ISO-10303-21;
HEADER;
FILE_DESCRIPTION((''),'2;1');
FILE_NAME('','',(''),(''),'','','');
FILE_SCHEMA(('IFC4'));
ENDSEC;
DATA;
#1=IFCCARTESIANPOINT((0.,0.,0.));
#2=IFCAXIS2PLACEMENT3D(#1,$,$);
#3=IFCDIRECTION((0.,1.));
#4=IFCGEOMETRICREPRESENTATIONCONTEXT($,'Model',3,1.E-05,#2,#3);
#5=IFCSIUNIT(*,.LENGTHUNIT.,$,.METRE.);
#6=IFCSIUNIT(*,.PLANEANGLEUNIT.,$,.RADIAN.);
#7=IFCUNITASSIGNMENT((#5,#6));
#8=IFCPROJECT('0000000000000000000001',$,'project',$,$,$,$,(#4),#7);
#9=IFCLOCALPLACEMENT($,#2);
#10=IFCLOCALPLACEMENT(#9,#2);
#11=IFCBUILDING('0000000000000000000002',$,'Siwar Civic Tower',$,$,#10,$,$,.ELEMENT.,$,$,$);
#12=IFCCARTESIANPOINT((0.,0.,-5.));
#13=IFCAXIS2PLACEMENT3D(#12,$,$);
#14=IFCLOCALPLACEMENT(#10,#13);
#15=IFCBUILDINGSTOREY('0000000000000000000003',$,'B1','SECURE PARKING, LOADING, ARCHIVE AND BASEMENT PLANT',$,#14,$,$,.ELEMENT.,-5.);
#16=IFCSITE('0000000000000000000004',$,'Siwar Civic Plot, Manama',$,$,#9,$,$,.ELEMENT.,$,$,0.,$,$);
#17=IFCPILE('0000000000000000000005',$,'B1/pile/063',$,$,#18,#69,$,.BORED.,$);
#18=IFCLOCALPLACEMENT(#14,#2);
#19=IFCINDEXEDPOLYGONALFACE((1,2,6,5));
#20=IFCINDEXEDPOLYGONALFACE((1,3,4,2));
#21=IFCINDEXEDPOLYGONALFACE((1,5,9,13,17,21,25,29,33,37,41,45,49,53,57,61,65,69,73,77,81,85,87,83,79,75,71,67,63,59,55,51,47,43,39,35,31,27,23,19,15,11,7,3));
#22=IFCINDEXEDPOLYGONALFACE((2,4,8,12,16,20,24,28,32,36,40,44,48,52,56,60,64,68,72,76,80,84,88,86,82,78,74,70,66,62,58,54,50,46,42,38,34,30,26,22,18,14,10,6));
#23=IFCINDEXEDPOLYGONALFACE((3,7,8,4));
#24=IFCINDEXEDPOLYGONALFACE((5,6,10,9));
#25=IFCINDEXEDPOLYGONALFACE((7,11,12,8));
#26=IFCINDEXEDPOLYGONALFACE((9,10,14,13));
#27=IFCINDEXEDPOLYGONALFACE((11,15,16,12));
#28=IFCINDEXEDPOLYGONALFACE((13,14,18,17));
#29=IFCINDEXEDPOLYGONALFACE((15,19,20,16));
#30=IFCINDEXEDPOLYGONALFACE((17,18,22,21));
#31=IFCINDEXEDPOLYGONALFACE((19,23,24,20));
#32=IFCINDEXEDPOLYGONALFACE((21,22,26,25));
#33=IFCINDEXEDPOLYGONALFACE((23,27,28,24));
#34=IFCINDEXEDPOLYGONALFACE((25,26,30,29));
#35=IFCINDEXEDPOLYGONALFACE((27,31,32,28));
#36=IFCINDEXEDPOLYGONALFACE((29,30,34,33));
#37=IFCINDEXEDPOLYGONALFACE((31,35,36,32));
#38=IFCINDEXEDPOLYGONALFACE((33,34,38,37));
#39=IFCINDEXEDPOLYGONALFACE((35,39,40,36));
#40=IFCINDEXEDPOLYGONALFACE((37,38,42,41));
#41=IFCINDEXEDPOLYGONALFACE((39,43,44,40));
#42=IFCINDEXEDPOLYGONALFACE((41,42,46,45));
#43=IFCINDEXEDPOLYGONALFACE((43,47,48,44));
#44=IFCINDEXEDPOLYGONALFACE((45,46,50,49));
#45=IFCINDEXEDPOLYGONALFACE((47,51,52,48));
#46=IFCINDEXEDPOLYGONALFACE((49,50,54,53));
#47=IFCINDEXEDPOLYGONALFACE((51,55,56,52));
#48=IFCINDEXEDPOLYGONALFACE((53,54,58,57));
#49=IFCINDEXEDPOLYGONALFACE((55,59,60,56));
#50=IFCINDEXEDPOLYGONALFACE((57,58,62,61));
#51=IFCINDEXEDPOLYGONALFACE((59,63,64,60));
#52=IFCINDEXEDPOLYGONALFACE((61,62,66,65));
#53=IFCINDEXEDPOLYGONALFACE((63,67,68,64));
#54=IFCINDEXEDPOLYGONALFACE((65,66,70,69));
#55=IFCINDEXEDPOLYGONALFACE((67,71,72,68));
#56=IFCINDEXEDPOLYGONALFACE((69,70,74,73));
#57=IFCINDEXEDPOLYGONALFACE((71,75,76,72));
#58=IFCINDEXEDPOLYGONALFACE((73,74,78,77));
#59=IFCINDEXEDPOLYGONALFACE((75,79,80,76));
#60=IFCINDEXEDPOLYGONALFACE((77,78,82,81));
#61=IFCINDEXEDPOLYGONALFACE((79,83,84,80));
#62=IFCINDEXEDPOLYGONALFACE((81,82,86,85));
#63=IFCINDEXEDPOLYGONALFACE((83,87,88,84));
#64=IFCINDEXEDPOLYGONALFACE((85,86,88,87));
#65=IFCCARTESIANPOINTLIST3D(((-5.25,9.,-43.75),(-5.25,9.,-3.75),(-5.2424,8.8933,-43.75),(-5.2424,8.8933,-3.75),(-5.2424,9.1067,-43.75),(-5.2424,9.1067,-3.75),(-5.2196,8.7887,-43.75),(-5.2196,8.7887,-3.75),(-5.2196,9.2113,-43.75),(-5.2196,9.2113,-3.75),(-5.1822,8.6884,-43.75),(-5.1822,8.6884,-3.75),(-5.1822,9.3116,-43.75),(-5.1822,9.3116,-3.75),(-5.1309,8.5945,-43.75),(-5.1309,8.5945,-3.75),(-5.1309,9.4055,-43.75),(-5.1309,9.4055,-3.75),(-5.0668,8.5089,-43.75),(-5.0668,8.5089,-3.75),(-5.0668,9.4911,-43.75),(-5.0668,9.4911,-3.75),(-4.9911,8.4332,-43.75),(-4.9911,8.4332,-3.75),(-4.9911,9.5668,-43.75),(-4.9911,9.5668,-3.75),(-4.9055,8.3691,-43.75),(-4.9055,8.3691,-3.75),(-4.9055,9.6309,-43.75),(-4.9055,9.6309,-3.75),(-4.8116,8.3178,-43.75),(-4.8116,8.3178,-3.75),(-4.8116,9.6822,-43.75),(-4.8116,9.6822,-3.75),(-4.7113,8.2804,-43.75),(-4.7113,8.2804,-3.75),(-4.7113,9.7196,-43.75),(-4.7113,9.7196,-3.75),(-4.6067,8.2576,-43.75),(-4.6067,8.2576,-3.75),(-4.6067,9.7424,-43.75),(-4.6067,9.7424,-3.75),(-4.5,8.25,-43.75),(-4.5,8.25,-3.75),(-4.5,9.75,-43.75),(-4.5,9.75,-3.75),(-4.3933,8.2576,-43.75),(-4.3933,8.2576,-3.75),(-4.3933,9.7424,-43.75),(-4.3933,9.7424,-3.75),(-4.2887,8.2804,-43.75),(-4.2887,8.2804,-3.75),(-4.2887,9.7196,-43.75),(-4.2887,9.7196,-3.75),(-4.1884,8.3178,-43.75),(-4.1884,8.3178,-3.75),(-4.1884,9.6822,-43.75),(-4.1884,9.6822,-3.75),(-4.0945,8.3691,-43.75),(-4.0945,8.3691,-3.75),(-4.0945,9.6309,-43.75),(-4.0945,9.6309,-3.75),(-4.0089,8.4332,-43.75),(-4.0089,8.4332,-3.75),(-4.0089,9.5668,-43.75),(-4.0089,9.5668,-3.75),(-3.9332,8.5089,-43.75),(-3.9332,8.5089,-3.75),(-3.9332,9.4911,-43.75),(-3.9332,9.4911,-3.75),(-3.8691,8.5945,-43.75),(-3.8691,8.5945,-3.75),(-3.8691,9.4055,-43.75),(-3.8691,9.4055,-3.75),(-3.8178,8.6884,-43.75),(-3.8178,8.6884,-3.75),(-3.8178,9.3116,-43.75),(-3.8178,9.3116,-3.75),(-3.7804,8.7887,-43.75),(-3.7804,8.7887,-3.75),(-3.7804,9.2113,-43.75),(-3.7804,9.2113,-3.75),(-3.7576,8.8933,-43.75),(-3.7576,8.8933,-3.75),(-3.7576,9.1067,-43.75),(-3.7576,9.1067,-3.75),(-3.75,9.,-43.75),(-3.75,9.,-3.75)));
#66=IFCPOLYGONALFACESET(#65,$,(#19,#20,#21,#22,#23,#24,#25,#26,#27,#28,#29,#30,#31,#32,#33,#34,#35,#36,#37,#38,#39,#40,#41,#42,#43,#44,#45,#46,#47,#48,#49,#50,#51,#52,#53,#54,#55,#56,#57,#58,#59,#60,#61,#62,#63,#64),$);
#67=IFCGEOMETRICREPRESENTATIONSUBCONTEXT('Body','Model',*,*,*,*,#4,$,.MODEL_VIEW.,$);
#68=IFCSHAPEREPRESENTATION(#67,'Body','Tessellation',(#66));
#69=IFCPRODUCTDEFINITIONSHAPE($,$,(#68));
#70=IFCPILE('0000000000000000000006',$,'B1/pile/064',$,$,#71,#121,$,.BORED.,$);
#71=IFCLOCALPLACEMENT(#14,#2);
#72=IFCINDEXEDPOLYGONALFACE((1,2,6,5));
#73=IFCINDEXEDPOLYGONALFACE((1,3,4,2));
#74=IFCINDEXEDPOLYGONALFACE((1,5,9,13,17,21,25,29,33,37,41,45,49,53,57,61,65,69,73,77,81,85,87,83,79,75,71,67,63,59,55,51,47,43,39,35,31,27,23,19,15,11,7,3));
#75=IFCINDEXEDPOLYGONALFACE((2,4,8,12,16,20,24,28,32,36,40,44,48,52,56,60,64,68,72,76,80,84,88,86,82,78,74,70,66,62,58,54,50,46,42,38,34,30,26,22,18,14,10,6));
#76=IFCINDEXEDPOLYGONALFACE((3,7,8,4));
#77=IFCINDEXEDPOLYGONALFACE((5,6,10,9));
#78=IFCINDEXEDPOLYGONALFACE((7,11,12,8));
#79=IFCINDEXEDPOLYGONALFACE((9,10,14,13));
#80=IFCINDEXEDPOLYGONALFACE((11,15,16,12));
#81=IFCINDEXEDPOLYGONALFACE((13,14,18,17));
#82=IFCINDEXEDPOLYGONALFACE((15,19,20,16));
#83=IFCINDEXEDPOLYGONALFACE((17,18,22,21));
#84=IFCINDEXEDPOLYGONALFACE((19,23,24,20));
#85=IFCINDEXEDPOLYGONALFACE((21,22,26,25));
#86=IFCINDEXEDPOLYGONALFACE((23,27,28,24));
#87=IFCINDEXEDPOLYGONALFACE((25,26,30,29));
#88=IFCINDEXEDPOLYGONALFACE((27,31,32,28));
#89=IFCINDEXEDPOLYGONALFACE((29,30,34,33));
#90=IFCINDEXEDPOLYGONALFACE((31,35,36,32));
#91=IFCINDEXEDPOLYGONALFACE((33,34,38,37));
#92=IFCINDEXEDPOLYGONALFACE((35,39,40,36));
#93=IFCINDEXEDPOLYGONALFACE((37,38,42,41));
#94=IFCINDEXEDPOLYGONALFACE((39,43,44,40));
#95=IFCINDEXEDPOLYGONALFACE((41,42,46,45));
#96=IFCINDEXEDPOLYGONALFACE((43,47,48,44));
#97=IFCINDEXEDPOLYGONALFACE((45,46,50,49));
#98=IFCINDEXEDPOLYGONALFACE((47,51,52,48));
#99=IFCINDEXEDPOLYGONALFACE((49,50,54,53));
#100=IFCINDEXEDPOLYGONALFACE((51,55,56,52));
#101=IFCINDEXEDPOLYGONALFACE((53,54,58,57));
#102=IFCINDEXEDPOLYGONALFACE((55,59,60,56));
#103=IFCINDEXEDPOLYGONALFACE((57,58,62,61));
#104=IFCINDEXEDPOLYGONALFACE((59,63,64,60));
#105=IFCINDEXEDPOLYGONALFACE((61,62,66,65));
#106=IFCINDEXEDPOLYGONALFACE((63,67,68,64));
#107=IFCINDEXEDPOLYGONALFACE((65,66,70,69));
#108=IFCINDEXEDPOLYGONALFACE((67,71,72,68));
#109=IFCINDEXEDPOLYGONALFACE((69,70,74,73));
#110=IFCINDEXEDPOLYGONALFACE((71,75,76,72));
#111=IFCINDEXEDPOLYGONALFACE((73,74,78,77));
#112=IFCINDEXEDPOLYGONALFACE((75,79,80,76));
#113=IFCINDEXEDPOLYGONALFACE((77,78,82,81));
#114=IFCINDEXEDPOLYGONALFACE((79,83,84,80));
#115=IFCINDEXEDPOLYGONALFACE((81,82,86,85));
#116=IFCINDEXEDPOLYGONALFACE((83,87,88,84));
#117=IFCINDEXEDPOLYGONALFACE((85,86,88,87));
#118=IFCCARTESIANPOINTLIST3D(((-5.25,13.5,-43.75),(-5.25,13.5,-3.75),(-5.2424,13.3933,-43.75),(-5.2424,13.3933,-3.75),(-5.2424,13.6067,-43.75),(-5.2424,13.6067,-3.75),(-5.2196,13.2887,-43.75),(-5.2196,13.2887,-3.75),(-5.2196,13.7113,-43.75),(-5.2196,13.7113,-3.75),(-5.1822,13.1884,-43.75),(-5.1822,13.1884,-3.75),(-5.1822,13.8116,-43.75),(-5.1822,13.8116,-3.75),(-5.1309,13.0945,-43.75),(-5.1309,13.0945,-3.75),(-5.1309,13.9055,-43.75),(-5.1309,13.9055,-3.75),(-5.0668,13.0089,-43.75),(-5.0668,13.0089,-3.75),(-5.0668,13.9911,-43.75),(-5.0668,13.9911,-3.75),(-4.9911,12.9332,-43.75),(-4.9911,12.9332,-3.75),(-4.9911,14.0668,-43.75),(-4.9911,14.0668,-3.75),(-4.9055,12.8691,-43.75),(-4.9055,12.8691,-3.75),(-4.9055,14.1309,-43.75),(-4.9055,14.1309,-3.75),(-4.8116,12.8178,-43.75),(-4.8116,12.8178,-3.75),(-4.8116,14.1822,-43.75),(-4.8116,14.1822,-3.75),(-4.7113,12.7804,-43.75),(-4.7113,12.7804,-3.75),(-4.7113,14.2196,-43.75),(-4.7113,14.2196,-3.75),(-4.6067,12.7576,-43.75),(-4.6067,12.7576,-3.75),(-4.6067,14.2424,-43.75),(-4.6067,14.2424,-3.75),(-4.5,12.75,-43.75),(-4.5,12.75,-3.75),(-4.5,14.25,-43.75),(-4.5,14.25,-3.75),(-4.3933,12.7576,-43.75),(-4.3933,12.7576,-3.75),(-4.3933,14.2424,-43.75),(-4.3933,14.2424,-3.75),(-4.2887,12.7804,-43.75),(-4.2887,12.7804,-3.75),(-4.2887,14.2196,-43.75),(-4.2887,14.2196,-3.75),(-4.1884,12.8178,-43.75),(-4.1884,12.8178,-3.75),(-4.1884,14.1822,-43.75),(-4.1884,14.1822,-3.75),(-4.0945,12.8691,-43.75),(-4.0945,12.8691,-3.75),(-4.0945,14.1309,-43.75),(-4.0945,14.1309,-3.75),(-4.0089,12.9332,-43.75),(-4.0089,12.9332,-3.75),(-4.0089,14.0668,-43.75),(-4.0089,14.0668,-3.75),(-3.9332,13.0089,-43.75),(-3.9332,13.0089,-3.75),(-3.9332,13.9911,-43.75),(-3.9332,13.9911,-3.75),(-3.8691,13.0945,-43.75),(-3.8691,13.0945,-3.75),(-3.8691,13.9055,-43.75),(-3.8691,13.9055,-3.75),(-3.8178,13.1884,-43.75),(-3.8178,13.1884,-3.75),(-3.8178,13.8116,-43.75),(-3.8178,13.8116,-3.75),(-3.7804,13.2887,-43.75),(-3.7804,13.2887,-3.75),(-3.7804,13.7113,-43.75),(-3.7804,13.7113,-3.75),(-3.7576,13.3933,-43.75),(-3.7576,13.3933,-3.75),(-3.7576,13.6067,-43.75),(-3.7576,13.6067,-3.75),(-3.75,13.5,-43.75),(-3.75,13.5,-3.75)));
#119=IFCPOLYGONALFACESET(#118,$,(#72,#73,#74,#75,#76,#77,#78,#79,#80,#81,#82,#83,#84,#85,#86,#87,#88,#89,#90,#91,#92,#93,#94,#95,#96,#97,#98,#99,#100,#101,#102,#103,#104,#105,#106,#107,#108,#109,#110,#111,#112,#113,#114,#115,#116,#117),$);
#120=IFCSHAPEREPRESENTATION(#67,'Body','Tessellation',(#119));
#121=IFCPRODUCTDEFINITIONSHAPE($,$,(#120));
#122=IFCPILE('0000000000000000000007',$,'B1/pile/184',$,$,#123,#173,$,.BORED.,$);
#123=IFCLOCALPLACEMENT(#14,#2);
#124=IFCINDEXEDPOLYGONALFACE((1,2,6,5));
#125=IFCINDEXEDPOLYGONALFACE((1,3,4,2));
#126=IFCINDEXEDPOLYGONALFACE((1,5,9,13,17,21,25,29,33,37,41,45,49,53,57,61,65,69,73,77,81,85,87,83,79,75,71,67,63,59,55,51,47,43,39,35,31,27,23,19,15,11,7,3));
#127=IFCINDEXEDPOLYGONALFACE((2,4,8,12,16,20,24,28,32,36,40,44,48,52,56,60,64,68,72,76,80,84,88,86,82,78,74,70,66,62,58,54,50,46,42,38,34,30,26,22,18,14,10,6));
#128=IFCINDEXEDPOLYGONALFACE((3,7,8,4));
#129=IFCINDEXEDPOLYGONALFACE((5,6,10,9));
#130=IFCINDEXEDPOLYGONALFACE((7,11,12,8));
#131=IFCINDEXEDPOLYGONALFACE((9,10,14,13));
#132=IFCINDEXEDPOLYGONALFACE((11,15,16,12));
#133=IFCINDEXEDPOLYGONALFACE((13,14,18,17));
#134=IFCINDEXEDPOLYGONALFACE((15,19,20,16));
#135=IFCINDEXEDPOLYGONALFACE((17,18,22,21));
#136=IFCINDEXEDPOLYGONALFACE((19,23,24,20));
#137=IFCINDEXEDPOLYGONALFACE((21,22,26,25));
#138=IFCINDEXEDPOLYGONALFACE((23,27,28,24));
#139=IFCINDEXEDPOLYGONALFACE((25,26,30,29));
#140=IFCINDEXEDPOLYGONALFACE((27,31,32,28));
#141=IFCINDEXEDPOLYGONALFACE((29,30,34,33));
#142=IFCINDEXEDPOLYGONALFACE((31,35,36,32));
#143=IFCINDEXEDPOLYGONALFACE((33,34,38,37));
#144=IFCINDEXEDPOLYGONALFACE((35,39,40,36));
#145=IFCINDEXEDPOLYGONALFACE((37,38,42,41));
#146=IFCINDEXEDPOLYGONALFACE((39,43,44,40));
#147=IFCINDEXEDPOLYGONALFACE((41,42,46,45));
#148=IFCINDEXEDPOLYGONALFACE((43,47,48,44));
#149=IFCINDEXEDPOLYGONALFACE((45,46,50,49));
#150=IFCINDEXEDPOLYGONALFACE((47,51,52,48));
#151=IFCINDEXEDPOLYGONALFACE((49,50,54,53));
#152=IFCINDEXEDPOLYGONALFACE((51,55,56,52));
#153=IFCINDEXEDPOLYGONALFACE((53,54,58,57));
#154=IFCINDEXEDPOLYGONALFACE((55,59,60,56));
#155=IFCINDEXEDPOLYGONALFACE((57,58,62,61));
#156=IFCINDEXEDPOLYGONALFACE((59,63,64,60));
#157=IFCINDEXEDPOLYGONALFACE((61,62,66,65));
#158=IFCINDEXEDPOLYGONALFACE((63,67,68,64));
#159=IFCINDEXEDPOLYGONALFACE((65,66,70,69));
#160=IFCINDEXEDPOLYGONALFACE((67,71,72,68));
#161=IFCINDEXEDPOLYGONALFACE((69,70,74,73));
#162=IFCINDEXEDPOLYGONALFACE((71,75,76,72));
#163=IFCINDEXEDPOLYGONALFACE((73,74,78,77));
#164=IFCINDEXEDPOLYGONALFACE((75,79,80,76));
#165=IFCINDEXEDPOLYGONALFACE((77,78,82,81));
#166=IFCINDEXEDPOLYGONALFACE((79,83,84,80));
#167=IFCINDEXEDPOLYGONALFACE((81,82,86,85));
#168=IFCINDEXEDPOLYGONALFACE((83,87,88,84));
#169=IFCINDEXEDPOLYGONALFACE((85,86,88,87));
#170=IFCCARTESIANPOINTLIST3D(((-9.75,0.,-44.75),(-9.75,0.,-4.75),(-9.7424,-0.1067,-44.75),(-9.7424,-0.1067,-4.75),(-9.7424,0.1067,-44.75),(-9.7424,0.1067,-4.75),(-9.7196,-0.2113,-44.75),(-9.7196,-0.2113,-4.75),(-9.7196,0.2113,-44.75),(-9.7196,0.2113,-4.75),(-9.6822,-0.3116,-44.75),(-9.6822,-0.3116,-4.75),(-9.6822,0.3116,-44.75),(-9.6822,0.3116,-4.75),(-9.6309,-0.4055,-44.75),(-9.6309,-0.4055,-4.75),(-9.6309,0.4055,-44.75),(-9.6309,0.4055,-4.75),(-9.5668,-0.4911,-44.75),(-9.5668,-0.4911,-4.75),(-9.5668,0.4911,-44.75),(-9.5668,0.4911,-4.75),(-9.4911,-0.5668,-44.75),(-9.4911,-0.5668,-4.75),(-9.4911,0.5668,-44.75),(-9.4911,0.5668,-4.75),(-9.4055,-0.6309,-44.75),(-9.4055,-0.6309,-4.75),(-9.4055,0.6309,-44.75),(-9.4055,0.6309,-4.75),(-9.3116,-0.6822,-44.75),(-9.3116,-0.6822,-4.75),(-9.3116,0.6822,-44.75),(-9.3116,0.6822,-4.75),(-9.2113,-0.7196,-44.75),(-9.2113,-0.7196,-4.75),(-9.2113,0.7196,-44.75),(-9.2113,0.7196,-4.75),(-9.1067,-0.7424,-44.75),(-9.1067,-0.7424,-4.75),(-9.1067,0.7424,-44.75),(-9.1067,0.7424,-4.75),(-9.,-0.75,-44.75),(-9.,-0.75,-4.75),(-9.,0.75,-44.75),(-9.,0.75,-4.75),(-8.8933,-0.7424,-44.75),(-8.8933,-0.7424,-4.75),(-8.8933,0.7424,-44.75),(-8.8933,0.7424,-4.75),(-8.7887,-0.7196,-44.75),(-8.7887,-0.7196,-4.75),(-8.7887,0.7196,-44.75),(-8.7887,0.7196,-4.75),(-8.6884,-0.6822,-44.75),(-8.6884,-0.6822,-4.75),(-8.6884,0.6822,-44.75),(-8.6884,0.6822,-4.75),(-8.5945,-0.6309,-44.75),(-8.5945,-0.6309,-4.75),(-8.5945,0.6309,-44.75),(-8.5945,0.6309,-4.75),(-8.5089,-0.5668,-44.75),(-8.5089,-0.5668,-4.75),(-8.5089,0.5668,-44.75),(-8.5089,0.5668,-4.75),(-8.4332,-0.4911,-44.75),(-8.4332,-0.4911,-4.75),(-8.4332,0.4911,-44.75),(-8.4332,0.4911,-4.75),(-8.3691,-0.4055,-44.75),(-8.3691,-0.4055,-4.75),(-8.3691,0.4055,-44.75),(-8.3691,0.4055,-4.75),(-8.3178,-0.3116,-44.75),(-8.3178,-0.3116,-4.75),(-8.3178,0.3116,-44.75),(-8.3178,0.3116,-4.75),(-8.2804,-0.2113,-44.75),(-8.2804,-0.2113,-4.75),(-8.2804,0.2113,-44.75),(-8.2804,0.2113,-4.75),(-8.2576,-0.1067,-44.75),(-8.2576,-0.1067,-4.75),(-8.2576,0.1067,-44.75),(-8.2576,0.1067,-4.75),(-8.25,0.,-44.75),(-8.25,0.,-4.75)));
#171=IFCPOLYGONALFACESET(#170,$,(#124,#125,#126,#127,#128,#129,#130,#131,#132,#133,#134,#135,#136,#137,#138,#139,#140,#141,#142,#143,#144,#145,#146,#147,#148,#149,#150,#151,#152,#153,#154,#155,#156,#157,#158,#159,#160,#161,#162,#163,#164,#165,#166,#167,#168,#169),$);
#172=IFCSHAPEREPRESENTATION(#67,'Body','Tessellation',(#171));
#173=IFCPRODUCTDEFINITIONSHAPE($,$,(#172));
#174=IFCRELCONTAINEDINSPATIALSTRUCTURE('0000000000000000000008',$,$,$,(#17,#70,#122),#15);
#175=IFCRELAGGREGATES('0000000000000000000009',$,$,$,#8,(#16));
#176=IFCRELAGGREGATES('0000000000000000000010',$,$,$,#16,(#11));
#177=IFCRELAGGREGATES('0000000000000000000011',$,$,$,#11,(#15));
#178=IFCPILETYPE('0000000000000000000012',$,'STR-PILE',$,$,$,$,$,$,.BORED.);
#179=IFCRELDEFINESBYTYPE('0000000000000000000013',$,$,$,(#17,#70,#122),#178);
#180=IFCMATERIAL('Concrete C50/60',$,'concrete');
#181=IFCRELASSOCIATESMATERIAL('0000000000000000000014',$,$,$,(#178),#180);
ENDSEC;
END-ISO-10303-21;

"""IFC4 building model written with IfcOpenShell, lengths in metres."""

from ifc_helpers import new_model, si_unit, direction, frame, origin, origin_2d, place, context, subcontext, project, spatial, circle, extrude, material, material_profile, profile_set, type_object, element, save


model = new_model("IFC4")

# Units and contexts
model_context = context("Model", 3, precision=1e-05, world=origin(), true_north=direction((0.0, 1.0)))
body_context = subcontext(model_context, "Body", "Model", "MODEL_VIEW")
ifc_project = project(units=[si_unit("LENGTHUNIT", "METRE"), si_unit("PLANEANGLEUNIT", "RADIAN")], contexts=[model_context])

# Site, building, storey
site_placement = place(None, origin())
site = spatial("IfcSite", under=ifc_project, at=site_placement, Name="Siwar Civic Plot, Manama", CompositionType="ELEMENT", RefElevation=0.0)
building_placement = place(site_placement, origin())
building = spatial("IfcBuilding", under=site, at=building_placement, Name="Siwar Civic Tower", CompositionType="ELEMENT")
storey_placement = place(building_placement, frame((0.0, 0.0, -5.0)))
storey = spatial("IfcBuildingStorey", under=building, at=storey_placement, Name="B1", Description="SECURE PARKING, LOADING, ARCHIVE AND BASEMENT PLANT", CompositionType="ELEMENT", Elevation=-5.0)

# Piles
ifc_material_1 = material(Name="Concrete C50/60", Category="concrete")
ifc_material_profile_1 = material_profile(ifc_material_1, circle(Radius=0.75, at=origin_2d()), Name="PILE1500")
ifc_profile_set_1 = profile_set([ifc_material_profile_1], Name="Concrete C50/60")
pile_type = type_object("IfcPileType", Name="STR-PILE", PredefinedType="BORED", material=ifc_profile_set_1)
for number, where, z_axis, x_axis, name in (
    (1, (-4.5, 9.0, -3.75), (0.0, 0.0, -1.0), (1.0, 0.0, 0.0), "B1/pile/063"),
    (2, (-4.5, 13.5, -3.75), (0.0, 0.0, -1.0), (1.0, 0.0, 0.0), "B1/pile/064"),
    (3, (-9.0, 0.0, -4.75), (0.0, 0.0, -1.0), (1.0, 0.0, 0.0), "B1/pile/184"),
):
    element("IfcPile", number, at=place(storey_placement, frame(where, z_axis=z_axis, x_axis=x_axis)), inside=storey, type_object=pile_type, Name=name, PredefinedType="BORED", context=body_context, shape_type="SweptSolid", body=[
        extrude(circle(Radius=0.75, at=origin_2d()), origin(), (0.0, 0.0, 1.0), 40.0),
    ])

save(model, "model.ifc")
